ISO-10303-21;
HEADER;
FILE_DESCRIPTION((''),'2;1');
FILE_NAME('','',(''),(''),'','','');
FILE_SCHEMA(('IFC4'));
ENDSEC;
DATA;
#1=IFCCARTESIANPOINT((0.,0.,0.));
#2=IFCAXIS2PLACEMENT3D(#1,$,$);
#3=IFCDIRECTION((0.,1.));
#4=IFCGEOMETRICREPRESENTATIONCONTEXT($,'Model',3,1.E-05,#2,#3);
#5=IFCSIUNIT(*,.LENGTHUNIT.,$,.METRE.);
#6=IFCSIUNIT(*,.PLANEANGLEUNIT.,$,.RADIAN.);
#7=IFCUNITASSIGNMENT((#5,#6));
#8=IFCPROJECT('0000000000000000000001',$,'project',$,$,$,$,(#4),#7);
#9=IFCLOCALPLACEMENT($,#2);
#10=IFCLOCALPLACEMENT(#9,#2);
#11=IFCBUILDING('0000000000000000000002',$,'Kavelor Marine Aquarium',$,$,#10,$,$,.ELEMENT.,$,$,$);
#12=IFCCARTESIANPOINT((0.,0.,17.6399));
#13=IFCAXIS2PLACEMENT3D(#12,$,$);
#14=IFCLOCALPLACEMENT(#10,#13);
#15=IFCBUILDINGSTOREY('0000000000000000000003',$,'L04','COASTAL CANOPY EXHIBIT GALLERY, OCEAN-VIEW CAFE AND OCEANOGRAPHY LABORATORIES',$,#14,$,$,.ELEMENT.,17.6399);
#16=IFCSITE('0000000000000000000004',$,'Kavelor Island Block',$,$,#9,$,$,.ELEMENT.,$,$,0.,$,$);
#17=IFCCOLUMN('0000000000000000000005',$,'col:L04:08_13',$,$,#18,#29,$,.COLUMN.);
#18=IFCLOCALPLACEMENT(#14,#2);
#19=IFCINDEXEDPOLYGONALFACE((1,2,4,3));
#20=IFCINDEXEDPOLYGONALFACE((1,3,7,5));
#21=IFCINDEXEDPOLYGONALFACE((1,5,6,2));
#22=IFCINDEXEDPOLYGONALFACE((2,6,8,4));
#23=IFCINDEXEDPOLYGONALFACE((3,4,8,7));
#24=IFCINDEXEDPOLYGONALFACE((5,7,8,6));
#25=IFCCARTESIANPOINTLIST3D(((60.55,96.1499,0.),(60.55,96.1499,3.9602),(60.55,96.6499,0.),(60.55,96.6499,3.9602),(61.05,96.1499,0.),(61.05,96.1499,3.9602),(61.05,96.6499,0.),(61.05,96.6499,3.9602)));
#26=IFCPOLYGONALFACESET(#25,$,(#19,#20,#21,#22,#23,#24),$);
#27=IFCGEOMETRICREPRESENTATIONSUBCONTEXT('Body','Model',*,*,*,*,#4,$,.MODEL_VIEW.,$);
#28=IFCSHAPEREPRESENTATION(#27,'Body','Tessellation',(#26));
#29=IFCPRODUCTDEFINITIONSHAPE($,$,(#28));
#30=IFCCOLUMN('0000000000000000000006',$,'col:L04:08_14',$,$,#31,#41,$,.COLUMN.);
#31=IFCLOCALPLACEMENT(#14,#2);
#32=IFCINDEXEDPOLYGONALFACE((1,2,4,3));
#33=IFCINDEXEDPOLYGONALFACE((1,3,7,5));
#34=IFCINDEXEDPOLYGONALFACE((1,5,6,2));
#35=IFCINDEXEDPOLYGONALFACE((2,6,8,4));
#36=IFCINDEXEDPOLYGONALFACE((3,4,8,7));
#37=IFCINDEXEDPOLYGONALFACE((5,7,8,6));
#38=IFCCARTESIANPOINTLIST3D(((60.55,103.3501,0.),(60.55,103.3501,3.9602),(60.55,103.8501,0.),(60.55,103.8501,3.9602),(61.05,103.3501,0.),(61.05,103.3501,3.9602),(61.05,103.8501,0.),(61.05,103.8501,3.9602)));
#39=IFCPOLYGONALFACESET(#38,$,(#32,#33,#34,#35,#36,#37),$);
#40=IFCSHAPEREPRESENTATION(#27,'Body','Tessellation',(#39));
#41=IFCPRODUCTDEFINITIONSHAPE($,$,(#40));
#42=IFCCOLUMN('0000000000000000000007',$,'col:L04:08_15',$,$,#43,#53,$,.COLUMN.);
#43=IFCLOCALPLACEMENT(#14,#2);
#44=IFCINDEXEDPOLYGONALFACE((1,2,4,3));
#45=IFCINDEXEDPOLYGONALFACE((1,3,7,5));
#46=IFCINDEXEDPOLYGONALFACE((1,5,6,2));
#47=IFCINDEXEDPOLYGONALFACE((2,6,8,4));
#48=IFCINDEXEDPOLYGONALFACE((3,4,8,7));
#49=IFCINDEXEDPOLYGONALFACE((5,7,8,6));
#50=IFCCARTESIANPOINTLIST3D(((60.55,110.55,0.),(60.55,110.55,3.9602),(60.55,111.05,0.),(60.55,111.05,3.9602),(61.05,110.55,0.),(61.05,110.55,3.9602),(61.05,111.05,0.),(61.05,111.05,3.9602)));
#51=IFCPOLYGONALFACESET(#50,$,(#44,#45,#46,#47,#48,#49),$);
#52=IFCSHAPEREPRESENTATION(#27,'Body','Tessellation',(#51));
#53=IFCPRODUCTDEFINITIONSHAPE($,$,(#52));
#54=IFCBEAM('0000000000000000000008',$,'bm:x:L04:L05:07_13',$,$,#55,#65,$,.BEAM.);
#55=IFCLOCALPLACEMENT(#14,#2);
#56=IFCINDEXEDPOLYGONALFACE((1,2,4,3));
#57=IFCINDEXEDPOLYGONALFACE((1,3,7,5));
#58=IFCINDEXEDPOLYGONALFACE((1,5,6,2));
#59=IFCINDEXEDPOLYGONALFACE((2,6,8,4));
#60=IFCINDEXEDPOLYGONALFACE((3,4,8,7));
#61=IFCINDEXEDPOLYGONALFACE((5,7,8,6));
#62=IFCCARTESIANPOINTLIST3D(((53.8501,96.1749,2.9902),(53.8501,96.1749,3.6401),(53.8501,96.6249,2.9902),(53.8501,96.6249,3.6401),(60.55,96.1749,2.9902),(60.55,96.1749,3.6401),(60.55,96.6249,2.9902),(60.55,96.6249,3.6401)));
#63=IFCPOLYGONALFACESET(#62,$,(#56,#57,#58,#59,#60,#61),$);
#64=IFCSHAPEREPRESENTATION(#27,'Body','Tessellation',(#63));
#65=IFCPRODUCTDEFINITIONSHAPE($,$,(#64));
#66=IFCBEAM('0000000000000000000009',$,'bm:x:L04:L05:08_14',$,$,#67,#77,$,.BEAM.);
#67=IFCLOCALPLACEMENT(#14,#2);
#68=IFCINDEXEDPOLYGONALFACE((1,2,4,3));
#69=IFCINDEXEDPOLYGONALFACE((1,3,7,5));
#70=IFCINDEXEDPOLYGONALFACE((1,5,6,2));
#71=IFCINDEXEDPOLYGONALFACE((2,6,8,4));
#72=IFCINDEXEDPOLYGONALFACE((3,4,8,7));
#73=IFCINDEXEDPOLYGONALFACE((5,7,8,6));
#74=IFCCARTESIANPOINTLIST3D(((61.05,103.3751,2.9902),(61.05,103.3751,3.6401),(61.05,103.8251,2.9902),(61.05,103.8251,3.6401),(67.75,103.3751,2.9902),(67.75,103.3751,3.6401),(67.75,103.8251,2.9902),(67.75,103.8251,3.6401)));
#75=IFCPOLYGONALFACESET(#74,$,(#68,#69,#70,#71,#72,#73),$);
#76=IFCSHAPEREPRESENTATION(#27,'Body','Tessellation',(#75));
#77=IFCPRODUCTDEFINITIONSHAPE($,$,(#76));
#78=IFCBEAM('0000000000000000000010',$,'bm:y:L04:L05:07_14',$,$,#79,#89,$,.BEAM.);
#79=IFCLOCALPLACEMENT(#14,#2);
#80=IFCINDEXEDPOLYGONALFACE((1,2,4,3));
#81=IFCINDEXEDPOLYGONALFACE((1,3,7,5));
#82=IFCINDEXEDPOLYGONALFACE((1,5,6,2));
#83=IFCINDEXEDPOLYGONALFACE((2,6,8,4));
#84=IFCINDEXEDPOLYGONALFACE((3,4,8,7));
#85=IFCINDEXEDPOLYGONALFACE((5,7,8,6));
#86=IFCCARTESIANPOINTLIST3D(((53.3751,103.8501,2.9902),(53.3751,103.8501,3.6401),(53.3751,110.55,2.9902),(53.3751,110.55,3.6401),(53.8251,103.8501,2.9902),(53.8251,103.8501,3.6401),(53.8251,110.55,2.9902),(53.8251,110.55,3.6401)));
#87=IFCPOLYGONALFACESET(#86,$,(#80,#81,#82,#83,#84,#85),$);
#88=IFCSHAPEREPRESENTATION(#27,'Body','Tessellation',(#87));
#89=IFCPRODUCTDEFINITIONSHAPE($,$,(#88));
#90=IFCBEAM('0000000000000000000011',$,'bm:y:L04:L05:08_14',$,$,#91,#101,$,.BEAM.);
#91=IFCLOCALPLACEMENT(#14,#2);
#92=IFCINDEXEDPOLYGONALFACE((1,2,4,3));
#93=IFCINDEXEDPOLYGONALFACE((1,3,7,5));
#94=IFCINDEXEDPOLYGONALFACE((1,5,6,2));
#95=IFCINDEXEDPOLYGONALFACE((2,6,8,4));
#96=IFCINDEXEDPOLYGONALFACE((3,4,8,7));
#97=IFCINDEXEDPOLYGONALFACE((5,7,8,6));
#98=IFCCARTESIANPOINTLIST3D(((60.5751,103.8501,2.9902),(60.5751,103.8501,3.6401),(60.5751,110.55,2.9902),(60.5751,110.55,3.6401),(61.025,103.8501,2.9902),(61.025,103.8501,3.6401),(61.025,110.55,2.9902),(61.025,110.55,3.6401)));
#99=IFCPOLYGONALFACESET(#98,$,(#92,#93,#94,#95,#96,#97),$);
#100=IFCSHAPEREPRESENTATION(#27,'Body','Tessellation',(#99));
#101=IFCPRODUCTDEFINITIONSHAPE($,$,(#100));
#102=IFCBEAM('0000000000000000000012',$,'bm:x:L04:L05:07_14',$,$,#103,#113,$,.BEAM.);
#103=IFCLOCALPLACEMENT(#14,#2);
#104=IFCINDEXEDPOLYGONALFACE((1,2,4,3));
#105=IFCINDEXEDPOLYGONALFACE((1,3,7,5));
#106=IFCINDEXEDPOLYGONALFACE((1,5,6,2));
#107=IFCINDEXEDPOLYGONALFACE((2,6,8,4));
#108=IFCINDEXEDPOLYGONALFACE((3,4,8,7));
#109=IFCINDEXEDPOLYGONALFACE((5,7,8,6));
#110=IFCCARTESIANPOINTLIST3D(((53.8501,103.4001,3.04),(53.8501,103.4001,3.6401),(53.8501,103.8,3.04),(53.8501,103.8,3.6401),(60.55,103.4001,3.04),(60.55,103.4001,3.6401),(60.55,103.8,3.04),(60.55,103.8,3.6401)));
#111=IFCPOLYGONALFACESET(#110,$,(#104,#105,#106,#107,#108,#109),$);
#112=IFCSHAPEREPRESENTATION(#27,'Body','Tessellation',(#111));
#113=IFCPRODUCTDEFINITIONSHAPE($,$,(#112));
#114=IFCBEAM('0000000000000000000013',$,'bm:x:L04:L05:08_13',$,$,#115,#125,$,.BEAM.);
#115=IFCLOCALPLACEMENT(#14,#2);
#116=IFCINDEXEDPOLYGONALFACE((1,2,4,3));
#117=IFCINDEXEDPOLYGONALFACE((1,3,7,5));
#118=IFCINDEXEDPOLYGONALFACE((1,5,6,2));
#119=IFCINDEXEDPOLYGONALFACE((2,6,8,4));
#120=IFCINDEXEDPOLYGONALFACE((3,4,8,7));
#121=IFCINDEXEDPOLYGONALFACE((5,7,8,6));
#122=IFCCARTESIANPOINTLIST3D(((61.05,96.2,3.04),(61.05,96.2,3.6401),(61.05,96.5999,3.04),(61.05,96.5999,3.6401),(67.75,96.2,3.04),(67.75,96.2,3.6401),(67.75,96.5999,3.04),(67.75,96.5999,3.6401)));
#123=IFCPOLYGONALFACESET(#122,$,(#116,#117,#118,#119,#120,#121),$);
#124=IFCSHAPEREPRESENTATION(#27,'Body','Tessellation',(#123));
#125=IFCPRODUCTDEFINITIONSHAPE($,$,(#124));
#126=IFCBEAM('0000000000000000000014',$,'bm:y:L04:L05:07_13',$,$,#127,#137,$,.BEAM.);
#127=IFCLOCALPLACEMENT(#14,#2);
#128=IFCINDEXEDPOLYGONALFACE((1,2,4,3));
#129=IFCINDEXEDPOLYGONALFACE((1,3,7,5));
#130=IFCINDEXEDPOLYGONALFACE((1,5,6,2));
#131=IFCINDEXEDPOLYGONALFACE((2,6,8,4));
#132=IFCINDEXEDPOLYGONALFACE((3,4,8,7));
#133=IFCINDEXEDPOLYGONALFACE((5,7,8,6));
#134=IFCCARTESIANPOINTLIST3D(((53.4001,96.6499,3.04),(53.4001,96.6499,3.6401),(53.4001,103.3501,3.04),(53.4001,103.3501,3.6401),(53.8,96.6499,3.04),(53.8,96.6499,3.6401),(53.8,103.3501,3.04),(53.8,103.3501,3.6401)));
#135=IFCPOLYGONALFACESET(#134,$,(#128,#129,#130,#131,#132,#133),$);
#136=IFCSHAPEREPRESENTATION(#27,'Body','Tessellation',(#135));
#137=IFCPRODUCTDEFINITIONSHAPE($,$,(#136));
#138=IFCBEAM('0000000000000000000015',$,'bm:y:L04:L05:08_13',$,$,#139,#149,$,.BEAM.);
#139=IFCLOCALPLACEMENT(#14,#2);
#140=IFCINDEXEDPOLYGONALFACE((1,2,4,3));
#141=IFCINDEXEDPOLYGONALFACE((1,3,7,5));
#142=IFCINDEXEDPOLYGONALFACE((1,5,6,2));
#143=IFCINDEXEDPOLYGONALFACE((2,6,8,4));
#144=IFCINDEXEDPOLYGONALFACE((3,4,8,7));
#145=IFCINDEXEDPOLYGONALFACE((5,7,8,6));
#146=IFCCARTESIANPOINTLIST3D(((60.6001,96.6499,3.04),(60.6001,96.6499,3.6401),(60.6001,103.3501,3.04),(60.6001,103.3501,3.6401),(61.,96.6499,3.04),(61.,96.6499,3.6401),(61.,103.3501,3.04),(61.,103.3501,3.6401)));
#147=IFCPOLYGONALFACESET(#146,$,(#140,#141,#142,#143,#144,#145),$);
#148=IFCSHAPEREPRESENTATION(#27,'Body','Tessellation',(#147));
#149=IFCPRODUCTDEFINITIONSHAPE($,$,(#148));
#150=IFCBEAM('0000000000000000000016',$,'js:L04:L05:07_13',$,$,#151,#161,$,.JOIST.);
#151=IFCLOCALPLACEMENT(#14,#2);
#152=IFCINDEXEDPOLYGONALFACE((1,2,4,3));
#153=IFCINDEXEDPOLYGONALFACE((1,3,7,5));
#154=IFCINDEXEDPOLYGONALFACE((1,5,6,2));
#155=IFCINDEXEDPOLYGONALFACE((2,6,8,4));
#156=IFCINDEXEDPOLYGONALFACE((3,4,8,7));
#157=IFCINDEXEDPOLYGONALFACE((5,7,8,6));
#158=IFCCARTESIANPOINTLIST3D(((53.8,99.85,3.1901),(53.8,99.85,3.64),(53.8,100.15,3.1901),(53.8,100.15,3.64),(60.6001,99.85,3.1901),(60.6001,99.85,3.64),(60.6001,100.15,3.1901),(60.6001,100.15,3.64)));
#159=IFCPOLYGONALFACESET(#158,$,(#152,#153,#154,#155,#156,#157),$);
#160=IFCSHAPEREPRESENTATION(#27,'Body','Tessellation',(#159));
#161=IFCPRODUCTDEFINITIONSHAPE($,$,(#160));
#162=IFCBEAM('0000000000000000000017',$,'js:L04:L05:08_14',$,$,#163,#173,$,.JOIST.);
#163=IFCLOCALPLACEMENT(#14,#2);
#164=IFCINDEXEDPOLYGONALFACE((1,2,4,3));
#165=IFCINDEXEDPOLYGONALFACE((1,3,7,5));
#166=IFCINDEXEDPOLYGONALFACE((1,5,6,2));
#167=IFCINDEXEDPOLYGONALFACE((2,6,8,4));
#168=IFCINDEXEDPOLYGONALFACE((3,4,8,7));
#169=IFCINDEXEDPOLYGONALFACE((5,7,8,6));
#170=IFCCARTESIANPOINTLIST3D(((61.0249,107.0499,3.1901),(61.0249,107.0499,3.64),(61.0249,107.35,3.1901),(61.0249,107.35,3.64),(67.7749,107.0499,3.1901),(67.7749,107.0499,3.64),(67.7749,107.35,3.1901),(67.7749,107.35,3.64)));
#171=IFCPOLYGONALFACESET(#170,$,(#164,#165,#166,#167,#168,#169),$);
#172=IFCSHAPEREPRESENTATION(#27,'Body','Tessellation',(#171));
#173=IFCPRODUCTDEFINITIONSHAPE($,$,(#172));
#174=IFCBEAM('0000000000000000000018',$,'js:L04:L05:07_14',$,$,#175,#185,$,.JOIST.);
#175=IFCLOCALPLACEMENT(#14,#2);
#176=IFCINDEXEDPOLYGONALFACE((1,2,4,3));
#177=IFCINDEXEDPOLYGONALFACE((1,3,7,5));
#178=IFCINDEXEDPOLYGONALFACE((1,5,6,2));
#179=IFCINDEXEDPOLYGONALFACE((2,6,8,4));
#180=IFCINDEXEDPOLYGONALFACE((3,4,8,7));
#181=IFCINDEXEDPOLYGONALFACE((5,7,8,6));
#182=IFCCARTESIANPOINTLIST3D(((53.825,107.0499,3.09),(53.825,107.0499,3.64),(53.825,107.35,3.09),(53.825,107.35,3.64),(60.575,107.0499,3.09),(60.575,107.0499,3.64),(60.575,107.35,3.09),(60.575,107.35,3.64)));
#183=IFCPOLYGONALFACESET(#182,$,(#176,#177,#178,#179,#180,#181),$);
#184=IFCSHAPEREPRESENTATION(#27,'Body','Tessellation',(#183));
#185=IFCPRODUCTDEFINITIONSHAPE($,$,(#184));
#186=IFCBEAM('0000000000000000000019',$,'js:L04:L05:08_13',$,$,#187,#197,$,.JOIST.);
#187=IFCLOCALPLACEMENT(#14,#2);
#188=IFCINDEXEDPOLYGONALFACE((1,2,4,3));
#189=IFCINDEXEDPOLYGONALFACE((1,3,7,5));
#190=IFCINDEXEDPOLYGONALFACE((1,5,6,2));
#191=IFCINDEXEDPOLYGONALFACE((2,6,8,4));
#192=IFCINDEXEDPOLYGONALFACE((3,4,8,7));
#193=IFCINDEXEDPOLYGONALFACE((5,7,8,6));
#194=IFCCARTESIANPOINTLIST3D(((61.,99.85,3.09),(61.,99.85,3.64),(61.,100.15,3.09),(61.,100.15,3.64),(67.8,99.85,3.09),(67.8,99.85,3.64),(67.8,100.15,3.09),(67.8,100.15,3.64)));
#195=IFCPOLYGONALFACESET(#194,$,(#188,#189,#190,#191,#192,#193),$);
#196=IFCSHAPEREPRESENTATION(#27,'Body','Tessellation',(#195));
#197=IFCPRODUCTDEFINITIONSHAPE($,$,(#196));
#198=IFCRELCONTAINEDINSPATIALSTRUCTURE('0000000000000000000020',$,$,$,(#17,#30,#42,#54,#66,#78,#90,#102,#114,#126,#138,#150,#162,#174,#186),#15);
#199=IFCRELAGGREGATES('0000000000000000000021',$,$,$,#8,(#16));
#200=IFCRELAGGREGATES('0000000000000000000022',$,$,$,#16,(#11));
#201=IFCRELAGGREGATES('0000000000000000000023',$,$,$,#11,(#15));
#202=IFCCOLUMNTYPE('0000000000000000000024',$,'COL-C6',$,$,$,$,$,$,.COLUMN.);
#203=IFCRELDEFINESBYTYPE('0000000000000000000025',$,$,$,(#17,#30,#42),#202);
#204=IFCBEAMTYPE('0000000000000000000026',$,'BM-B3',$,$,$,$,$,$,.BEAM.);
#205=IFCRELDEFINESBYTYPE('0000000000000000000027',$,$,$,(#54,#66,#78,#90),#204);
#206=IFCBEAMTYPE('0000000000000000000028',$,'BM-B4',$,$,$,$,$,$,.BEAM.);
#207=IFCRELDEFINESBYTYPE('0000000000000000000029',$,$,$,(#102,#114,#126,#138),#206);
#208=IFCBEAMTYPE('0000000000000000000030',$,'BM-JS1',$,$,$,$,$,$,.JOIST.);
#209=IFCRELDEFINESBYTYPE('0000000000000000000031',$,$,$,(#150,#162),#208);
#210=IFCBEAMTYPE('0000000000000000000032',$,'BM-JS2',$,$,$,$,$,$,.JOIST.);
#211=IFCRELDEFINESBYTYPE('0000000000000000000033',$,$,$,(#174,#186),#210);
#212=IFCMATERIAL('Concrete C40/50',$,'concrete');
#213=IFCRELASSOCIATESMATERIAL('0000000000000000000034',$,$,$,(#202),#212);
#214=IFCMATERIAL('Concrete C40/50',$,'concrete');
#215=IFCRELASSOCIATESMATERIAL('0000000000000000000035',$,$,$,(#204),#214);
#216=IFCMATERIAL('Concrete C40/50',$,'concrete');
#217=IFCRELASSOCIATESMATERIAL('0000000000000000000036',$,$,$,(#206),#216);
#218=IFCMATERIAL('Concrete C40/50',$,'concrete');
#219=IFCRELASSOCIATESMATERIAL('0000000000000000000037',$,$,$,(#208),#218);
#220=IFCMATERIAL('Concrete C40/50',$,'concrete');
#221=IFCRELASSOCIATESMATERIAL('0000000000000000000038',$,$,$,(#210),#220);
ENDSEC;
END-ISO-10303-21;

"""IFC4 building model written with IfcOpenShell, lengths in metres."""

from ifc_helpers import new_model, si_unit, direction, frame, origin, origin_2d, place, context, subcontext, project, spatial, rectangle, extrude, material, material_profile, profile_set, type_object, element, save


model = new_model("IFC4")

# Units and contexts
model_context = context("Model", 3, precision=1e-05, world=origin(), true_north=direction((0.0, 1.0)))
body_context = subcontext(model_context, "Body", "Model", "MODEL_VIEW")
ifc_project = project(units=[si_unit("LENGTHUNIT", "METRE"), si_unit("PLANEANGLEUNIT", "RADIAN")], contexts=[model_context])

# Site, building, storey
site_placement = place(None, origin())
site = spatial("IfcSite", under=ifc_project, at=site_placement, Name="Kavelor Island Block", CompositionType="ELEMENT", RefElevation=0.0)
building_placement = place(site_placement, origin())
building = spatial("IfcBuilding", under=site, at=building_placement, Name="Kavelor Marine Aquarium", CompositionType="ELEMENT")
storey_placement = place(building_placement, frame((0.0, 0.0, 17.6399)))
storey = spatial("IfcBuildingStorey", under=building, at=storey_placement, Name="L04", Description="COASTAL CANOPY EXHIBIT GALLERY, OCEAN-VIEW CAFE AND OCEANOGRAPHY LABORATORIES", CompositionType="ELEMENT", Elevation=17.6399)

# Columns
ifc_material_1 = material(Name="Concrete C40/50", Category="concrete")
ifc_material_profile_1 = material_profile(ifc_material_1, rectangle(XDim=0.5, YDim=0.5, at=origin_2d()), Name="RC-COL 500x500")
ifc_profile_set_1 = profile_set([ifc_material_profile_1], Name="Concrete C40/50")
column_type = type_object("IfcColumnType", Name="COL-C6", PredefinedType="COLUMN", material=ifc_profile_set_1)
for number, where, z_axis, x_axis, name in (
    (1, (60.8, 96.3999, 0.0), (0.0, 0.0, 1.0), (1.0, 0.0, 0.0), "col:L04:08_13"),
    (2, (60.8, 103.6001, 0.0), (0.0, 0.0, 1.0), (1.0, 0.0, 0.0), "col:L04:08_14"),
    (3, (60.8, 110.8, 0.0), (0.0, 0.0, 1.0), (1.0, 0.0, 0.0), "col:L04:08_15"),
):
    element("IfcColumn", number, at=place(storey_placement, frame(where, z_axis=z_axis, x_axis=x_axis)), inside=storey, type_object=column_type, Name=name, PredefinedType="COLUMN", context=body_context, shape_type="SweptSolid", body=[
        extrude(rectangle(XDim=0.5, YDim=0.5, at=origin_2d()), origin(), (0.0, 0.0, 1.0), 3.9602),
    ])

# Beams
ifc_material_2 = material(Name="Concrete C40/50", Category="concrete")
ifc_material_profile_2 = material_profile(ifc_material_2, rectangle(XDim=0.45, YDim=0.6499, at=origin_2d()), Name="RC-BM 450x650")
ifc_profile_set_2 = profile_set([ifc_material_profile_2], Name="Concrete C40/50")
beam_type_1 = type_object("IfcBeamType", Name="BM-B3", PredefinedType="BEAM", material=ifc_profile_set_2)
for number, where, z_axis, x_axis, name in (
    (4, (53.8501, 96.3999, 3.3152), (1.0, 0.0, 0.0), (0.0, 1.0, 0.0), "bm:x:L04:L05:07_13"),
    (5, (61.05, 103.6001, 3.3152), (1.0, 0.0, 0.0), (0.0, 1.0, 0.0), "bm:x:L04:L05:08_14"),
    (6, (53.6001, 103.8501, 3.3152), (0.0, 1.0, 0.0), (-1.0, 0.0, 0.0), "bm:y:L04:L05:07_14"),
    (7, (60.8, 103.8501, 3.3152), (0.0, 1.0, 0.0), (-1.0, 0.0, 0.0), "bm:y:L04:L05:08_14"),
):
    element("IfcBeam", number, at=place(storey_placement, frame(where, z_axis=z_axis, x_axis=x_axis)), inside=storey, type_object=beam_type_1, Name=name, PredefinedType="BEAM", context=body_context, shape_type="SweptSolid", body=[
        extrude(rectangle(XDim=0.45, YDim=0.6499, at=origin_2d()), origin(), (0.0, 0.0, 1.0), 6.7),
    ])
ifc_material_3 = material(Name="Concrete C40/50", Category="concrete")
ifc_material_profile_3 = material_profile(ifc_material_3, rectangle(XDim=0.3999, YDim=0.6001, at=origin_2d()), Name="RC-BM 400x600")
ifc_profile_set_3 = profile_set([ifc_material_profile_3], Name="Concrete C40/50")
beam_type_2 = type_object("IfcBeamType", Name="BM-B4", PredefinedType="BEAM", material=ifc_profile_set_3)
for number, where, z_axis, x_axis, name in (
    (8, (53.8501, 103.6001, 3.3401), (1.0, 0.0, 0.0), (0.0, 1.0, 0.0), "bm:x:L04:L05:07_14"),
    (9, (61.05, 96.3999, 3.3401), (1.0, 0.0, 0.0), (0.0, 1.0, 0.0), "bm:x:L04:L05:08_13"),
):
    element("IfcBeam", number, at=place(storey_placement, frame(where, z_axis=z_axis, x_axis=x_axis)), inside=storey, type_object=beam_type_2, Name=name, PredefinedType="BEAM", context=body_context, shape_type="SweptSolid", body=[
        extrude(rectangle(XDim=0.3999, YDim=0.6001, at=origin_2d()), origin(), (0.0, 0.0, 1.0), 6.7),
    ])
for number, where, z_axis, x_axis, name in (
    (10, (53.6001, 96.6499, 3.3401), (0.0, 1.0, 0.0), (-1.0, 0.0, 0.0), "bm:y:L04:L05:07_13"),
    (11, (60.8, 96.6499, 3.3401), (0.0, 1.0, 0.0), (-1.0, 0.0, 0.0), "bm:y:L04:L05:08_13"),
):
    element("IfcBeam", number, at=place(storey_placement, frame(where, z_axis=z_axis, x_axis=x_axis)), inside=storey, type_object=beam_type_2, Name=name, PredefinedType="BEAM", context=body_context, shape_type="SweptSolid", body=[
        extrude(rectangle(XDim=0.3999, YDim=0.6001, at=origin_2d()), origin(), (0.0, 0.0, 1.0), 6.7002),
    ])
ifc_material_4 = material(Name="Concrete C40/50", Category="concrete")
ifc_material_profile_4 = material_profile(ifc_material_4, rectangle(XDim=0.3, YDim=0.45, at=origin_2d()), Name="RC-JS 300x450")
ifc_profile_set_4 = profile_set([ifc_material_profile_4], Name="Concrete C40/50")
beam_type_3 = type_object("IfcBeamType", Name="BM-JS1", PredefinedType="JOIST", material=ifc_profile_set_4)
beam_1_placement = place(storey_placement, frame((53.8, 100.0, 3.415), z_axis=(1.0, 0.0, 0.0), x_axis=(0.0, 1.0, 0.0)))
element("IfcBeam", 12, at=beam_1_placement, inside=storey, type_object=beam_type_3, Name="js:L04:L05:07_13", PredefinedType="JOIST", context=body_context, shape_type="SweptSolid", body=[
    extrude(rectangle(XDim=0.3, YDim=0.45, at=origin_2d()), origin(), (0.0, 0.0, 1.0), 6.8),
])
beam_2_placement = place(storey_placement, frame((61.0249, 107.2, 3.415), z_axis=(1.0, 0.0, 0.0), x_axis=(0.0, 1.0, 0.0)))
element("IfcBeam", 13, at=beam_2_placement, inside=storey, type_object=beam_type_3, Name="js:L04:L05:08_14", PredefinedType="JOIST", context=body_context, shape_type="SweptSolid", body=[
    extrude(rectangle(XDim=0.3, YDim=0.45, at=origin_2d()), origin(), (0.0, 0.0, 1.0), 6.75),
])
ifc_material_5 = material(Name="Concrete C40/50", Category="concrete")
ifc_material_profile_5 = material_profile(ifc_material_5, rectangle(XDim=0.3, YDim=0.55, at=origin_2d()), Name="RC-JS 300x550")
ifc_profile_set_5 = profile_set([ifc_material_profile_5], Name="Concrete C40/50")
beam_type_4 = type_object("IfcBeamType", Name="BM-JS2", PredefinedType="JOIST", material=ifc_profile_set_5)
beam_3_placement = place(storey_placement, frame((53.825, 107.2, 3.365), z_axis=(1.0, 0.0, 0.0), x_axis=(0.0, 1.0, 0.0)))
element("IfcBeam", 14, at=beam_3_placement, inside=storey, type_object=beam_type_4, Name="js:L04:L05:07_14", PredefinedType="JOIST", context=body_context, shape_type="SweptSolid", body=[
    extrude(rectangle(XDim=0.3, YDim=0.55, at=origin_2d()), origin(), (0.0, 0.0, 1.0), 6.75),
])
beam_4_placement = place(storey_placement, frame((61.0, 100.0, 3.365), z_axis=(1.0, 0.0, 0.0), x_axis=(0.0, 1.0, 0.0)))
element("IfcBeam", 15, at=beam_4_placement, inside=storey, type_object=beam_type_4, Name="js:L04:L05:08_13", PredefinedType="JOIST", context=body_context, shape_type="SweptSolid", body=[
    extrude(rectangle(XDim=0.3, YDim=0.55, at=origin_2d()), origin(), (0.0, 0.0, 1.0), 6.8),
])

save(model, "model.ifc")
